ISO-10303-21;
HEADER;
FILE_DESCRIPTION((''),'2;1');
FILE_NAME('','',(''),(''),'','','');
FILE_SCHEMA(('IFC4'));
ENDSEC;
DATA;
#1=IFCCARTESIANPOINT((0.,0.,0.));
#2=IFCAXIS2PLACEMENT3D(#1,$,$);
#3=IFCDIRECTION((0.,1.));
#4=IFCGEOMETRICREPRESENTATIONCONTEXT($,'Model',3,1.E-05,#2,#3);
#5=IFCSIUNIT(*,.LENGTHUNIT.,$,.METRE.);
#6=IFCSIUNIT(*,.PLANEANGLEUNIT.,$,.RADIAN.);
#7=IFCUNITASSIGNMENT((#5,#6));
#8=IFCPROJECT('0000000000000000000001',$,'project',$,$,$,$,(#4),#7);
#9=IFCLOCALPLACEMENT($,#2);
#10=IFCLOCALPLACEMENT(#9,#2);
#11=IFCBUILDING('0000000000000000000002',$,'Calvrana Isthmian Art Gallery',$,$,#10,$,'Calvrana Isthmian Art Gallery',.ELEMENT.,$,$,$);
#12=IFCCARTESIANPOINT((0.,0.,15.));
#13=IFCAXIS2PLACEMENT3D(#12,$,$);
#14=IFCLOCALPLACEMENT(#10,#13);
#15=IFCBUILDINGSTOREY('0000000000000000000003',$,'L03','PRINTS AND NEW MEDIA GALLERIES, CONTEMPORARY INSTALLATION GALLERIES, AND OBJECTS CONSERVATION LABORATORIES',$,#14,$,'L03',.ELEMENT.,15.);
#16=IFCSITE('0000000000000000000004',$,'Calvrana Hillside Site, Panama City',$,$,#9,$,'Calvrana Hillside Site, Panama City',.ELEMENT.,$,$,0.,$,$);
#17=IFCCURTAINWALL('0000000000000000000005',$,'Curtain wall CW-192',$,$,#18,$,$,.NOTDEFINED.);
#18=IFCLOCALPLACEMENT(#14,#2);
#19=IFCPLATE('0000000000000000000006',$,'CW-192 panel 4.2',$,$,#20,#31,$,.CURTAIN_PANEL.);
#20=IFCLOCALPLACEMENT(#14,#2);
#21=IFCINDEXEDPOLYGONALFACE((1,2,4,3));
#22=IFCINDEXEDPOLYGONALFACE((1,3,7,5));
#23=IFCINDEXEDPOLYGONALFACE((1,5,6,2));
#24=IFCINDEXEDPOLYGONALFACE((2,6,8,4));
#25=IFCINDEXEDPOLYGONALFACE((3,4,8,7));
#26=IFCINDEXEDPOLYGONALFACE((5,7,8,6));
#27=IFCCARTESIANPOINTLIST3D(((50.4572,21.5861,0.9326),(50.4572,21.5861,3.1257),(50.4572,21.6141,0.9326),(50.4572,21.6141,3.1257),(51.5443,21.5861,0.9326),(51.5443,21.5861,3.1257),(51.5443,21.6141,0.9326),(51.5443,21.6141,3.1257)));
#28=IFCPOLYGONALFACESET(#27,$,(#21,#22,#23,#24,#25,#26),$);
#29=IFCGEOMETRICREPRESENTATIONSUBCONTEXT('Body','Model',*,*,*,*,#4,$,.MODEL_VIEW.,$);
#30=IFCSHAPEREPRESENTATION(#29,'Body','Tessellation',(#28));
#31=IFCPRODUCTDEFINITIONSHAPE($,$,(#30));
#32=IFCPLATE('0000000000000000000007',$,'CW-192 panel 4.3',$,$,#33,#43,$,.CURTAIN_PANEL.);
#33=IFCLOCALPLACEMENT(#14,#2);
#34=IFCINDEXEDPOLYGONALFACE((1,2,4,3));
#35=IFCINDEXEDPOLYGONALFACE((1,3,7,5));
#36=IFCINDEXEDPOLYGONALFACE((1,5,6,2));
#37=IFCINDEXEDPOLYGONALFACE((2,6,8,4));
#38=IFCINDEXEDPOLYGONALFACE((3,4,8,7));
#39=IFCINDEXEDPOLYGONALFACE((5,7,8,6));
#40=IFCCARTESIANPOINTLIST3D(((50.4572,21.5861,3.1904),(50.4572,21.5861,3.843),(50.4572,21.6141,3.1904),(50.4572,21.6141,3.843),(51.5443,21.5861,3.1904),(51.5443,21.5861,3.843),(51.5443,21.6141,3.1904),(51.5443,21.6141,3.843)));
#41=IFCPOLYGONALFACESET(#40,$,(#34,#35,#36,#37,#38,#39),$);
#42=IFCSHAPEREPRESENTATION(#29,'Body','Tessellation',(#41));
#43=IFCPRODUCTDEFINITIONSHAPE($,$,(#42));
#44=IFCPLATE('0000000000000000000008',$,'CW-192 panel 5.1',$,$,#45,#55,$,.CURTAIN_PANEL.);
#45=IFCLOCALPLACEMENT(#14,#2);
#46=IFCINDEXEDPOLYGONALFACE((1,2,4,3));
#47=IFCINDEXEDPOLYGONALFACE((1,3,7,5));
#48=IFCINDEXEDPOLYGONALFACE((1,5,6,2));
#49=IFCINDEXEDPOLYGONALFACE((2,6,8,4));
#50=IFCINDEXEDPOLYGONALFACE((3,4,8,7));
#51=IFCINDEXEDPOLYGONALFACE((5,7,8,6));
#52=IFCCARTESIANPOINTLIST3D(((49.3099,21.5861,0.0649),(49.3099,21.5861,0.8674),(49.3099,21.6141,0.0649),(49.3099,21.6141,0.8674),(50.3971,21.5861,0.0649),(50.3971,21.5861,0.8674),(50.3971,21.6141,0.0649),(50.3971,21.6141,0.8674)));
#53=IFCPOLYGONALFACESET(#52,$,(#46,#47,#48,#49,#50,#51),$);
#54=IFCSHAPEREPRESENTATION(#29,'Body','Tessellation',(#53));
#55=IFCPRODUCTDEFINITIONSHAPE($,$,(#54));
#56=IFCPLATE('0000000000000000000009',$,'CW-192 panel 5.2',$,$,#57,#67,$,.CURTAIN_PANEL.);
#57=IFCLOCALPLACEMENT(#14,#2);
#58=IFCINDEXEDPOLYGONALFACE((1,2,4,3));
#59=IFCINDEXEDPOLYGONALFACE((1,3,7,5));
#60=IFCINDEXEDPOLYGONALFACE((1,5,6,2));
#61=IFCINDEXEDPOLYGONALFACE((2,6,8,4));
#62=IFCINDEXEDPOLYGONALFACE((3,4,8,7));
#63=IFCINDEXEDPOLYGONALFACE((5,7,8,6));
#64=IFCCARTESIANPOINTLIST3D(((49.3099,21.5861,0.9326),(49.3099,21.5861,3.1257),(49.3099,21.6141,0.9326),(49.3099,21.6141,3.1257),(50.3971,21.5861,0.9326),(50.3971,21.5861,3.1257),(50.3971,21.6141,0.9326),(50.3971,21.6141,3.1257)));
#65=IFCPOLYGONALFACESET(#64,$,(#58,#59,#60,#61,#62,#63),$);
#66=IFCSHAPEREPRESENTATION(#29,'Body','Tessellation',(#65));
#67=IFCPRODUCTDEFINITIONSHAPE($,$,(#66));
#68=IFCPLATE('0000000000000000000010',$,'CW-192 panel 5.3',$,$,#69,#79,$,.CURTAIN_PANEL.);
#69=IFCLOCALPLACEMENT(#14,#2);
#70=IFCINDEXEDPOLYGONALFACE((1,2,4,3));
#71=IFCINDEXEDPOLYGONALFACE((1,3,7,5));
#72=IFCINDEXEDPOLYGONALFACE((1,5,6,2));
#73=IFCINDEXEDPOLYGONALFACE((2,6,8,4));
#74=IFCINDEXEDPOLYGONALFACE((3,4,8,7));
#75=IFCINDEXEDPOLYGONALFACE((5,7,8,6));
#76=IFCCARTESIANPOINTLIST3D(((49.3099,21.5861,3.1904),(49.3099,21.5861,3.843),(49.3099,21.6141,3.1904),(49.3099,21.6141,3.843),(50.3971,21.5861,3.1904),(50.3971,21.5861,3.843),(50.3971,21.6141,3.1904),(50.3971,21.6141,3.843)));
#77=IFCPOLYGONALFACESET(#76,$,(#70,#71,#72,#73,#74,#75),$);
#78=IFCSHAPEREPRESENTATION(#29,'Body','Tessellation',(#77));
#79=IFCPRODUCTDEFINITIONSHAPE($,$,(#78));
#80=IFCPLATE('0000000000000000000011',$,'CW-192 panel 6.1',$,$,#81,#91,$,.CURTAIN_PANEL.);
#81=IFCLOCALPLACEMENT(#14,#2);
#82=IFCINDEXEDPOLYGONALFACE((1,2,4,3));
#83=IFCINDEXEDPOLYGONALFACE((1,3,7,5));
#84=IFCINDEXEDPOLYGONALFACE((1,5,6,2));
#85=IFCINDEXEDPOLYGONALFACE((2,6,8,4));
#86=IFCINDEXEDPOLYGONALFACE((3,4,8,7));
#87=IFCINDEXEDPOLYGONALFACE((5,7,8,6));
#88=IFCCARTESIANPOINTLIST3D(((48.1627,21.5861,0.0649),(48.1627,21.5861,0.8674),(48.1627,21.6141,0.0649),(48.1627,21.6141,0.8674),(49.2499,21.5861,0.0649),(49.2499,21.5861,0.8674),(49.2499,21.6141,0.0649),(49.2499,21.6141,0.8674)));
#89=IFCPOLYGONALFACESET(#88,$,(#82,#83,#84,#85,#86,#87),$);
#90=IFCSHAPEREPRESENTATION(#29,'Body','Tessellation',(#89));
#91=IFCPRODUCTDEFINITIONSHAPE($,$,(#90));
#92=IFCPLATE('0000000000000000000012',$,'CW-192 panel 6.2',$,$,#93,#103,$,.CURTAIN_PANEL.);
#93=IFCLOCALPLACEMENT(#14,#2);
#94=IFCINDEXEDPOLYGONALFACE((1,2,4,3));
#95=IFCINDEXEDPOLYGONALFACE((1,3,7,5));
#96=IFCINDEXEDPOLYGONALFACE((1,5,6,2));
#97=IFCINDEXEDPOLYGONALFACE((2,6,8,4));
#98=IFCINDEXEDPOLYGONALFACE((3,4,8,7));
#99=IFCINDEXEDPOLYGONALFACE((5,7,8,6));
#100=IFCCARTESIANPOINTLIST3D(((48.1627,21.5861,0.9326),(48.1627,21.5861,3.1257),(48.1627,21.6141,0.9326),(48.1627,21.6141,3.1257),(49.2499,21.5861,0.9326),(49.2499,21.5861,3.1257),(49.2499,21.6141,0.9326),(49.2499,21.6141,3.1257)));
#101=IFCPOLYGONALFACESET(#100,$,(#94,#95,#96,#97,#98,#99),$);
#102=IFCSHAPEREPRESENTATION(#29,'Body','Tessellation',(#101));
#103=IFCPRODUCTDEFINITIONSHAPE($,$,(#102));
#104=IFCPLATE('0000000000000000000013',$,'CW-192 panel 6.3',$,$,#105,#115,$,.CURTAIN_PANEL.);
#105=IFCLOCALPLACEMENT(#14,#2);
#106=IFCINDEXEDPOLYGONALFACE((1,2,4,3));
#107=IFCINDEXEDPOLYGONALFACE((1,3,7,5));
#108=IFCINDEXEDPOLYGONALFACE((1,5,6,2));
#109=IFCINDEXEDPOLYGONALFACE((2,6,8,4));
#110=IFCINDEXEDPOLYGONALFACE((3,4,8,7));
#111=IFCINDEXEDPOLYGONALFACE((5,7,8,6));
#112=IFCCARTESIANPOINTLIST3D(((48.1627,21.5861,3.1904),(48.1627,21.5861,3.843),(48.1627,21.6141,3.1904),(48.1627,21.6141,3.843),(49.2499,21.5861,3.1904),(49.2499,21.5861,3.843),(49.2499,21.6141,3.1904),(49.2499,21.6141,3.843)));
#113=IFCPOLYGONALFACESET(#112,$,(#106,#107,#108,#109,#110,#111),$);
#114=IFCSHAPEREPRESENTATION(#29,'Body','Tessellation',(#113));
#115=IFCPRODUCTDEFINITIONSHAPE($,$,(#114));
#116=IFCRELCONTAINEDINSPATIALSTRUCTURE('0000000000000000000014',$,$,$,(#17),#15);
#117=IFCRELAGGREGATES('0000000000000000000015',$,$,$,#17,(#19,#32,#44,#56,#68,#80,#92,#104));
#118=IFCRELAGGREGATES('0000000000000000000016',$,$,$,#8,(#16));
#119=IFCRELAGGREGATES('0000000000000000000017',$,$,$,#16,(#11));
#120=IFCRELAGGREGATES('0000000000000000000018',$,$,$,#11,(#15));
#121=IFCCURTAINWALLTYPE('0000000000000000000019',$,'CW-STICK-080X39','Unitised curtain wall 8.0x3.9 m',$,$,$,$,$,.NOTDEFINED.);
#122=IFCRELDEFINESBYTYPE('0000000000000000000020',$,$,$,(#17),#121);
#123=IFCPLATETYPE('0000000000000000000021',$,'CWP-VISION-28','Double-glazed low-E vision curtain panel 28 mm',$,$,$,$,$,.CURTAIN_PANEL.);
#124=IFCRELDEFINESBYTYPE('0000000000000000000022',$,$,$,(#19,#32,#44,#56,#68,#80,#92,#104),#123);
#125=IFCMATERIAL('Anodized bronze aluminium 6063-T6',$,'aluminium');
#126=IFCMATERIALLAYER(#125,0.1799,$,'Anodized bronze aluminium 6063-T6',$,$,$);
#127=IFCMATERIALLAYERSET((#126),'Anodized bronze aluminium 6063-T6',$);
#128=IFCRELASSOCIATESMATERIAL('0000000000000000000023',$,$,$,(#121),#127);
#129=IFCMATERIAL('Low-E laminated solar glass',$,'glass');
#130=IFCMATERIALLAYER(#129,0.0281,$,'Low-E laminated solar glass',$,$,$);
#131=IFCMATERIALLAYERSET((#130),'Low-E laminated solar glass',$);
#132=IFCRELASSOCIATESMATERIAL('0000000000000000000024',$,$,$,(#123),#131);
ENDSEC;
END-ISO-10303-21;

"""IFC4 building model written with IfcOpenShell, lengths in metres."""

from ifc_helpers import new_model, si_unit, direction, frame, origin, origin_2d, place, context, subcontext, project, spatial, rectangle, extrude, material, layer, layer_set, type_object, element, aggregate, save


model = new_model("IFC4")

# Units and contexts
model_context = context("Model", 3, precision=1e-05, world=origin(), true_north=direction((0.0, 1.0)))
body_context = subcontext(model_context, "Body", "Model", "MODEL_VIEW")
ifc_project = project(units=[si_unit("LENGTHUNIT", "METRE"), si_unit("PLANEANGLEUNIT", "RADIAN")], contexts=[model_context])

# Site, building, storey
site_placement = place(None, origin())
site = spatial("IfcSite", under=ifc_project, at=site_placement, Name="Calvrana Hillside Site, Panama City", LongName="Calvrana Hillside Site, Panama City", CompositionType="ELEMENT", RefElevation=0.0)
building_placement = place(site_placement, origin())
building = spatial("IfcBuilding", under=site, at=building_placement, Name="Calvrana Isthmian Art Gallery", LongName="Calvrana Isthmian Art Gallery", CompositionType="ELEMENT")
storey_placement = place(building_placement, frame((0.0, 0.0, 15.0)))
storey = spatial("IfcBuildingStorey", under=building, at=storey_placement, Name="L03", Description="PRINTS AND NEW MEDIA GALLERIES, CONTEMPORARY INSTALLATION GALLERIES, AND OBJECTS CONSERVATION LABORATORIES", LongName="L03", CompositionType="ELEMENT", Elevation=15.0)

# Curtain wall, plates
ifc_material_1 = material(Name="Anodized bronze aluminium 6063-T6", Category="aluminium")
ifc_layer_1 = layer(ifc_material_1, 0.1799, Name="Anodized bronze aluminium 6063-T6")
ifc_layer_set_1 = layer_set([ifc_layer_1], Name="Anodized bronze aluminium 6063-T6")
curtain_wall_type = type_object("IfcCurtainWallType", Name="CW-STICK-080X39", Description="Unitised curtain wall 8.0x3.9 m", PredefinedType="NOTDEFINED", material=ifc_layer_set_1)
curtain_wall_placement = place(storey_placement, origin())
curtain_wall = element("IfcCurtainWall", 1, at=curtain_wall_placement, inside=storey, type_object=curtain_wall_type, Name="Curtain wall CW-192", PredefinedType="NOTDEFINED")
ifc_material_2 = material(Name="Low-E laminated solar glass", Category="glass")
ifc_layer_2 = layer(ifc_material_2, 0.0281, Name="Low-E laminated solar glass")
ifc_layer_set_2 = layer_set([ifc_layer_2], Name="Low-E laminated solar glass")
plate_type = type_object("IfcPlateType", Name="CWP-VISION-28", Description="Double-glazed low-E vision curtain panel 28 mm", PredefinedType="CURTAIN_PANEL", material=ifc_layer_set_2)
plate_1_placement = place(storey_placement, frame((51.0007, 21.6001, 0.9326), z_axis=(0.0, 0.0, 1.0), x_axis=(-1.0, 0.0, 0.0)))
plate_1 = element("IfcPlate", 2, at=plate_1_placement, type_object=plate_type, Name="CW-192 panel 4.2", PredefinedType="CURTAIN_PANEL", context=body_context, shape_type="SweptSolid", body=[
    extrude(rectangle(XDim=1.0872, YDim=0.0281, at=origin_2d()), origin(), (0.0, 0.0, 1.0), 2.1931),
])
plate_2_placement = place(storey_placement, frame((51.0007, 21.6001, 3.1904), z_axis=(0.0, 0.0, 1.0), x_axis=(-1.0, 0.0, 0.0)))
plate_2 = element("IfcPlate", 3, at=plate_2_placement, type_object=plate_type, Name="CW-192 panel 4.3", PredefinedType="CURTAIN_PANEL", context=body_context, shape_type="SweptSolid", body=[
    extrude(rectangle(XDim=1.0872, YDim=0.0281, at=origin_2d()), origin(), (0.0, 0.0, 1.0), 0.6526),
])
plate_3_placement = place(storey_placement, frame((49.8535, 21.6001, 0.0649), z_axis=(0.0, 0.0, 1.0), x_axis=(-1.0, 0.0, 0.0)))
plate_3 = element("IfcPlate", 4, at=plate_3_placement, type_object=plate_type, Name="CW-192 panel 5.1", PredefinedType="CURTAIN_PANEL", context=body_context, shape_type="SweptSolid", body=[
    extrude(rectangle(XDim=1.0872, YDim=0.0281, at=origin_2d()), origin(), (0.0, 0.0, 1.0), 0.8025),
])
plate_4_placement = place(storey_placement, frame((49.8535, 21.6001, 0.9326), z_axis=(0.0, 0.0, 1.0), x_axis=(-1.0, 0.0, 0.0)))
plate_4 = element("IfcPlate", 5, at=plate_4_placement, type_object=plate_type, Name="CW-192 panel 5.2", PredefinedType="CURTAIN_PANEL", context=body_context, shape_type="SweptSolid", body=[
    extrude(rectangle(XDim=1.0872, YDim=0.0281, at=origin_2d()), origin(), (0.0, 0.0, 1.0), 2.1931),
])
plate_5_placement = place(storey_placement, frame((49.8535, 21.6001, 3.1904), z_axis=(0.0, 0.0, 1.0), x_axis=(-1.0, 0.0, 0.0)))
plate_5 = element("IfcPlate", 6, at=plate_5_placement, type_object=plate_type, Name="CW-192 panel 5.3", PredefinedType="CURTAIN_PANEL", context=body_context, shape_type="SweptSolid", body=[
    extrude(rectangle(XDim=1.0872, YDim=0.0281, at=origin_2d()), origin(), (0.0, 0.0, 1.0), 0.6526),
])
plate_6_placement = place(storey_placement, frame((48.7063, 21.6001, 0.0649), z_axis=(0.0, 0.0, 1.0), x_axis=(-1.0, 0.0, 0.0)))
plate_6 = element("IfcPlate", 7, at=plate_6_placement, type_object=plate_type, Name="CW-192 panel 6.1", PredefinedType="CURTAIN_PANEL", context=body_context, shape_type="SweptSolid", body=[
    extrude(rectangle(XDim=1.0872, YDim=0.0281, at=origin_2d()), origin(), (0.0, 0.0, 1.0), 0.8025),
])
plate_7_placement = place(storey_placement, frame((48.7063, 21.6001, 0.9326), z_axis=(0.0, 0.0, 1.0), x_axis=(-1.0, 0.0, 0.0)))
plate_7 = element("IfcPlate", 8, at=plate_7_placement, type_object=plate_type, Name="CW-192 panel 6.2", PredefinedType="CURTAIN_PANEL", context=body_context, shape_type="SweptSolid", body=[
    extrude(rectangle(XDim=1.0872, YDim=0.0281, at=origin_2d()), origin(), (0.0, 0.0, 1.0), 2.1931),
])
plate_8_placement = place(storey_placement, frame((48.7063, 21.6001, 3.1904), z_axis=(0.0, 0.0, 1.0), x_axis=(-1.0, 0.0, 0.0)))
plate_8 = element("IfcPlate", 9, at=plate_8_placement, type_object=plate_type, Name="CW-192 panel 6.3", PredefinedType="CURTAIN_PANEL", context=body_context, shape_type="SweptSolid", body=[
    extrude(rectangle(XDim=1.0872, YDim=0.0281, at=origin_2d()), origin(), (0.0, 0.0, 1.0), 0.6526),
])
aggregate(curtain_wall, [plate_1, plate_2, plate_3, plate_4, plate_5, plate_6, plate_7, plate_8])

save(model, "model.ifc")
